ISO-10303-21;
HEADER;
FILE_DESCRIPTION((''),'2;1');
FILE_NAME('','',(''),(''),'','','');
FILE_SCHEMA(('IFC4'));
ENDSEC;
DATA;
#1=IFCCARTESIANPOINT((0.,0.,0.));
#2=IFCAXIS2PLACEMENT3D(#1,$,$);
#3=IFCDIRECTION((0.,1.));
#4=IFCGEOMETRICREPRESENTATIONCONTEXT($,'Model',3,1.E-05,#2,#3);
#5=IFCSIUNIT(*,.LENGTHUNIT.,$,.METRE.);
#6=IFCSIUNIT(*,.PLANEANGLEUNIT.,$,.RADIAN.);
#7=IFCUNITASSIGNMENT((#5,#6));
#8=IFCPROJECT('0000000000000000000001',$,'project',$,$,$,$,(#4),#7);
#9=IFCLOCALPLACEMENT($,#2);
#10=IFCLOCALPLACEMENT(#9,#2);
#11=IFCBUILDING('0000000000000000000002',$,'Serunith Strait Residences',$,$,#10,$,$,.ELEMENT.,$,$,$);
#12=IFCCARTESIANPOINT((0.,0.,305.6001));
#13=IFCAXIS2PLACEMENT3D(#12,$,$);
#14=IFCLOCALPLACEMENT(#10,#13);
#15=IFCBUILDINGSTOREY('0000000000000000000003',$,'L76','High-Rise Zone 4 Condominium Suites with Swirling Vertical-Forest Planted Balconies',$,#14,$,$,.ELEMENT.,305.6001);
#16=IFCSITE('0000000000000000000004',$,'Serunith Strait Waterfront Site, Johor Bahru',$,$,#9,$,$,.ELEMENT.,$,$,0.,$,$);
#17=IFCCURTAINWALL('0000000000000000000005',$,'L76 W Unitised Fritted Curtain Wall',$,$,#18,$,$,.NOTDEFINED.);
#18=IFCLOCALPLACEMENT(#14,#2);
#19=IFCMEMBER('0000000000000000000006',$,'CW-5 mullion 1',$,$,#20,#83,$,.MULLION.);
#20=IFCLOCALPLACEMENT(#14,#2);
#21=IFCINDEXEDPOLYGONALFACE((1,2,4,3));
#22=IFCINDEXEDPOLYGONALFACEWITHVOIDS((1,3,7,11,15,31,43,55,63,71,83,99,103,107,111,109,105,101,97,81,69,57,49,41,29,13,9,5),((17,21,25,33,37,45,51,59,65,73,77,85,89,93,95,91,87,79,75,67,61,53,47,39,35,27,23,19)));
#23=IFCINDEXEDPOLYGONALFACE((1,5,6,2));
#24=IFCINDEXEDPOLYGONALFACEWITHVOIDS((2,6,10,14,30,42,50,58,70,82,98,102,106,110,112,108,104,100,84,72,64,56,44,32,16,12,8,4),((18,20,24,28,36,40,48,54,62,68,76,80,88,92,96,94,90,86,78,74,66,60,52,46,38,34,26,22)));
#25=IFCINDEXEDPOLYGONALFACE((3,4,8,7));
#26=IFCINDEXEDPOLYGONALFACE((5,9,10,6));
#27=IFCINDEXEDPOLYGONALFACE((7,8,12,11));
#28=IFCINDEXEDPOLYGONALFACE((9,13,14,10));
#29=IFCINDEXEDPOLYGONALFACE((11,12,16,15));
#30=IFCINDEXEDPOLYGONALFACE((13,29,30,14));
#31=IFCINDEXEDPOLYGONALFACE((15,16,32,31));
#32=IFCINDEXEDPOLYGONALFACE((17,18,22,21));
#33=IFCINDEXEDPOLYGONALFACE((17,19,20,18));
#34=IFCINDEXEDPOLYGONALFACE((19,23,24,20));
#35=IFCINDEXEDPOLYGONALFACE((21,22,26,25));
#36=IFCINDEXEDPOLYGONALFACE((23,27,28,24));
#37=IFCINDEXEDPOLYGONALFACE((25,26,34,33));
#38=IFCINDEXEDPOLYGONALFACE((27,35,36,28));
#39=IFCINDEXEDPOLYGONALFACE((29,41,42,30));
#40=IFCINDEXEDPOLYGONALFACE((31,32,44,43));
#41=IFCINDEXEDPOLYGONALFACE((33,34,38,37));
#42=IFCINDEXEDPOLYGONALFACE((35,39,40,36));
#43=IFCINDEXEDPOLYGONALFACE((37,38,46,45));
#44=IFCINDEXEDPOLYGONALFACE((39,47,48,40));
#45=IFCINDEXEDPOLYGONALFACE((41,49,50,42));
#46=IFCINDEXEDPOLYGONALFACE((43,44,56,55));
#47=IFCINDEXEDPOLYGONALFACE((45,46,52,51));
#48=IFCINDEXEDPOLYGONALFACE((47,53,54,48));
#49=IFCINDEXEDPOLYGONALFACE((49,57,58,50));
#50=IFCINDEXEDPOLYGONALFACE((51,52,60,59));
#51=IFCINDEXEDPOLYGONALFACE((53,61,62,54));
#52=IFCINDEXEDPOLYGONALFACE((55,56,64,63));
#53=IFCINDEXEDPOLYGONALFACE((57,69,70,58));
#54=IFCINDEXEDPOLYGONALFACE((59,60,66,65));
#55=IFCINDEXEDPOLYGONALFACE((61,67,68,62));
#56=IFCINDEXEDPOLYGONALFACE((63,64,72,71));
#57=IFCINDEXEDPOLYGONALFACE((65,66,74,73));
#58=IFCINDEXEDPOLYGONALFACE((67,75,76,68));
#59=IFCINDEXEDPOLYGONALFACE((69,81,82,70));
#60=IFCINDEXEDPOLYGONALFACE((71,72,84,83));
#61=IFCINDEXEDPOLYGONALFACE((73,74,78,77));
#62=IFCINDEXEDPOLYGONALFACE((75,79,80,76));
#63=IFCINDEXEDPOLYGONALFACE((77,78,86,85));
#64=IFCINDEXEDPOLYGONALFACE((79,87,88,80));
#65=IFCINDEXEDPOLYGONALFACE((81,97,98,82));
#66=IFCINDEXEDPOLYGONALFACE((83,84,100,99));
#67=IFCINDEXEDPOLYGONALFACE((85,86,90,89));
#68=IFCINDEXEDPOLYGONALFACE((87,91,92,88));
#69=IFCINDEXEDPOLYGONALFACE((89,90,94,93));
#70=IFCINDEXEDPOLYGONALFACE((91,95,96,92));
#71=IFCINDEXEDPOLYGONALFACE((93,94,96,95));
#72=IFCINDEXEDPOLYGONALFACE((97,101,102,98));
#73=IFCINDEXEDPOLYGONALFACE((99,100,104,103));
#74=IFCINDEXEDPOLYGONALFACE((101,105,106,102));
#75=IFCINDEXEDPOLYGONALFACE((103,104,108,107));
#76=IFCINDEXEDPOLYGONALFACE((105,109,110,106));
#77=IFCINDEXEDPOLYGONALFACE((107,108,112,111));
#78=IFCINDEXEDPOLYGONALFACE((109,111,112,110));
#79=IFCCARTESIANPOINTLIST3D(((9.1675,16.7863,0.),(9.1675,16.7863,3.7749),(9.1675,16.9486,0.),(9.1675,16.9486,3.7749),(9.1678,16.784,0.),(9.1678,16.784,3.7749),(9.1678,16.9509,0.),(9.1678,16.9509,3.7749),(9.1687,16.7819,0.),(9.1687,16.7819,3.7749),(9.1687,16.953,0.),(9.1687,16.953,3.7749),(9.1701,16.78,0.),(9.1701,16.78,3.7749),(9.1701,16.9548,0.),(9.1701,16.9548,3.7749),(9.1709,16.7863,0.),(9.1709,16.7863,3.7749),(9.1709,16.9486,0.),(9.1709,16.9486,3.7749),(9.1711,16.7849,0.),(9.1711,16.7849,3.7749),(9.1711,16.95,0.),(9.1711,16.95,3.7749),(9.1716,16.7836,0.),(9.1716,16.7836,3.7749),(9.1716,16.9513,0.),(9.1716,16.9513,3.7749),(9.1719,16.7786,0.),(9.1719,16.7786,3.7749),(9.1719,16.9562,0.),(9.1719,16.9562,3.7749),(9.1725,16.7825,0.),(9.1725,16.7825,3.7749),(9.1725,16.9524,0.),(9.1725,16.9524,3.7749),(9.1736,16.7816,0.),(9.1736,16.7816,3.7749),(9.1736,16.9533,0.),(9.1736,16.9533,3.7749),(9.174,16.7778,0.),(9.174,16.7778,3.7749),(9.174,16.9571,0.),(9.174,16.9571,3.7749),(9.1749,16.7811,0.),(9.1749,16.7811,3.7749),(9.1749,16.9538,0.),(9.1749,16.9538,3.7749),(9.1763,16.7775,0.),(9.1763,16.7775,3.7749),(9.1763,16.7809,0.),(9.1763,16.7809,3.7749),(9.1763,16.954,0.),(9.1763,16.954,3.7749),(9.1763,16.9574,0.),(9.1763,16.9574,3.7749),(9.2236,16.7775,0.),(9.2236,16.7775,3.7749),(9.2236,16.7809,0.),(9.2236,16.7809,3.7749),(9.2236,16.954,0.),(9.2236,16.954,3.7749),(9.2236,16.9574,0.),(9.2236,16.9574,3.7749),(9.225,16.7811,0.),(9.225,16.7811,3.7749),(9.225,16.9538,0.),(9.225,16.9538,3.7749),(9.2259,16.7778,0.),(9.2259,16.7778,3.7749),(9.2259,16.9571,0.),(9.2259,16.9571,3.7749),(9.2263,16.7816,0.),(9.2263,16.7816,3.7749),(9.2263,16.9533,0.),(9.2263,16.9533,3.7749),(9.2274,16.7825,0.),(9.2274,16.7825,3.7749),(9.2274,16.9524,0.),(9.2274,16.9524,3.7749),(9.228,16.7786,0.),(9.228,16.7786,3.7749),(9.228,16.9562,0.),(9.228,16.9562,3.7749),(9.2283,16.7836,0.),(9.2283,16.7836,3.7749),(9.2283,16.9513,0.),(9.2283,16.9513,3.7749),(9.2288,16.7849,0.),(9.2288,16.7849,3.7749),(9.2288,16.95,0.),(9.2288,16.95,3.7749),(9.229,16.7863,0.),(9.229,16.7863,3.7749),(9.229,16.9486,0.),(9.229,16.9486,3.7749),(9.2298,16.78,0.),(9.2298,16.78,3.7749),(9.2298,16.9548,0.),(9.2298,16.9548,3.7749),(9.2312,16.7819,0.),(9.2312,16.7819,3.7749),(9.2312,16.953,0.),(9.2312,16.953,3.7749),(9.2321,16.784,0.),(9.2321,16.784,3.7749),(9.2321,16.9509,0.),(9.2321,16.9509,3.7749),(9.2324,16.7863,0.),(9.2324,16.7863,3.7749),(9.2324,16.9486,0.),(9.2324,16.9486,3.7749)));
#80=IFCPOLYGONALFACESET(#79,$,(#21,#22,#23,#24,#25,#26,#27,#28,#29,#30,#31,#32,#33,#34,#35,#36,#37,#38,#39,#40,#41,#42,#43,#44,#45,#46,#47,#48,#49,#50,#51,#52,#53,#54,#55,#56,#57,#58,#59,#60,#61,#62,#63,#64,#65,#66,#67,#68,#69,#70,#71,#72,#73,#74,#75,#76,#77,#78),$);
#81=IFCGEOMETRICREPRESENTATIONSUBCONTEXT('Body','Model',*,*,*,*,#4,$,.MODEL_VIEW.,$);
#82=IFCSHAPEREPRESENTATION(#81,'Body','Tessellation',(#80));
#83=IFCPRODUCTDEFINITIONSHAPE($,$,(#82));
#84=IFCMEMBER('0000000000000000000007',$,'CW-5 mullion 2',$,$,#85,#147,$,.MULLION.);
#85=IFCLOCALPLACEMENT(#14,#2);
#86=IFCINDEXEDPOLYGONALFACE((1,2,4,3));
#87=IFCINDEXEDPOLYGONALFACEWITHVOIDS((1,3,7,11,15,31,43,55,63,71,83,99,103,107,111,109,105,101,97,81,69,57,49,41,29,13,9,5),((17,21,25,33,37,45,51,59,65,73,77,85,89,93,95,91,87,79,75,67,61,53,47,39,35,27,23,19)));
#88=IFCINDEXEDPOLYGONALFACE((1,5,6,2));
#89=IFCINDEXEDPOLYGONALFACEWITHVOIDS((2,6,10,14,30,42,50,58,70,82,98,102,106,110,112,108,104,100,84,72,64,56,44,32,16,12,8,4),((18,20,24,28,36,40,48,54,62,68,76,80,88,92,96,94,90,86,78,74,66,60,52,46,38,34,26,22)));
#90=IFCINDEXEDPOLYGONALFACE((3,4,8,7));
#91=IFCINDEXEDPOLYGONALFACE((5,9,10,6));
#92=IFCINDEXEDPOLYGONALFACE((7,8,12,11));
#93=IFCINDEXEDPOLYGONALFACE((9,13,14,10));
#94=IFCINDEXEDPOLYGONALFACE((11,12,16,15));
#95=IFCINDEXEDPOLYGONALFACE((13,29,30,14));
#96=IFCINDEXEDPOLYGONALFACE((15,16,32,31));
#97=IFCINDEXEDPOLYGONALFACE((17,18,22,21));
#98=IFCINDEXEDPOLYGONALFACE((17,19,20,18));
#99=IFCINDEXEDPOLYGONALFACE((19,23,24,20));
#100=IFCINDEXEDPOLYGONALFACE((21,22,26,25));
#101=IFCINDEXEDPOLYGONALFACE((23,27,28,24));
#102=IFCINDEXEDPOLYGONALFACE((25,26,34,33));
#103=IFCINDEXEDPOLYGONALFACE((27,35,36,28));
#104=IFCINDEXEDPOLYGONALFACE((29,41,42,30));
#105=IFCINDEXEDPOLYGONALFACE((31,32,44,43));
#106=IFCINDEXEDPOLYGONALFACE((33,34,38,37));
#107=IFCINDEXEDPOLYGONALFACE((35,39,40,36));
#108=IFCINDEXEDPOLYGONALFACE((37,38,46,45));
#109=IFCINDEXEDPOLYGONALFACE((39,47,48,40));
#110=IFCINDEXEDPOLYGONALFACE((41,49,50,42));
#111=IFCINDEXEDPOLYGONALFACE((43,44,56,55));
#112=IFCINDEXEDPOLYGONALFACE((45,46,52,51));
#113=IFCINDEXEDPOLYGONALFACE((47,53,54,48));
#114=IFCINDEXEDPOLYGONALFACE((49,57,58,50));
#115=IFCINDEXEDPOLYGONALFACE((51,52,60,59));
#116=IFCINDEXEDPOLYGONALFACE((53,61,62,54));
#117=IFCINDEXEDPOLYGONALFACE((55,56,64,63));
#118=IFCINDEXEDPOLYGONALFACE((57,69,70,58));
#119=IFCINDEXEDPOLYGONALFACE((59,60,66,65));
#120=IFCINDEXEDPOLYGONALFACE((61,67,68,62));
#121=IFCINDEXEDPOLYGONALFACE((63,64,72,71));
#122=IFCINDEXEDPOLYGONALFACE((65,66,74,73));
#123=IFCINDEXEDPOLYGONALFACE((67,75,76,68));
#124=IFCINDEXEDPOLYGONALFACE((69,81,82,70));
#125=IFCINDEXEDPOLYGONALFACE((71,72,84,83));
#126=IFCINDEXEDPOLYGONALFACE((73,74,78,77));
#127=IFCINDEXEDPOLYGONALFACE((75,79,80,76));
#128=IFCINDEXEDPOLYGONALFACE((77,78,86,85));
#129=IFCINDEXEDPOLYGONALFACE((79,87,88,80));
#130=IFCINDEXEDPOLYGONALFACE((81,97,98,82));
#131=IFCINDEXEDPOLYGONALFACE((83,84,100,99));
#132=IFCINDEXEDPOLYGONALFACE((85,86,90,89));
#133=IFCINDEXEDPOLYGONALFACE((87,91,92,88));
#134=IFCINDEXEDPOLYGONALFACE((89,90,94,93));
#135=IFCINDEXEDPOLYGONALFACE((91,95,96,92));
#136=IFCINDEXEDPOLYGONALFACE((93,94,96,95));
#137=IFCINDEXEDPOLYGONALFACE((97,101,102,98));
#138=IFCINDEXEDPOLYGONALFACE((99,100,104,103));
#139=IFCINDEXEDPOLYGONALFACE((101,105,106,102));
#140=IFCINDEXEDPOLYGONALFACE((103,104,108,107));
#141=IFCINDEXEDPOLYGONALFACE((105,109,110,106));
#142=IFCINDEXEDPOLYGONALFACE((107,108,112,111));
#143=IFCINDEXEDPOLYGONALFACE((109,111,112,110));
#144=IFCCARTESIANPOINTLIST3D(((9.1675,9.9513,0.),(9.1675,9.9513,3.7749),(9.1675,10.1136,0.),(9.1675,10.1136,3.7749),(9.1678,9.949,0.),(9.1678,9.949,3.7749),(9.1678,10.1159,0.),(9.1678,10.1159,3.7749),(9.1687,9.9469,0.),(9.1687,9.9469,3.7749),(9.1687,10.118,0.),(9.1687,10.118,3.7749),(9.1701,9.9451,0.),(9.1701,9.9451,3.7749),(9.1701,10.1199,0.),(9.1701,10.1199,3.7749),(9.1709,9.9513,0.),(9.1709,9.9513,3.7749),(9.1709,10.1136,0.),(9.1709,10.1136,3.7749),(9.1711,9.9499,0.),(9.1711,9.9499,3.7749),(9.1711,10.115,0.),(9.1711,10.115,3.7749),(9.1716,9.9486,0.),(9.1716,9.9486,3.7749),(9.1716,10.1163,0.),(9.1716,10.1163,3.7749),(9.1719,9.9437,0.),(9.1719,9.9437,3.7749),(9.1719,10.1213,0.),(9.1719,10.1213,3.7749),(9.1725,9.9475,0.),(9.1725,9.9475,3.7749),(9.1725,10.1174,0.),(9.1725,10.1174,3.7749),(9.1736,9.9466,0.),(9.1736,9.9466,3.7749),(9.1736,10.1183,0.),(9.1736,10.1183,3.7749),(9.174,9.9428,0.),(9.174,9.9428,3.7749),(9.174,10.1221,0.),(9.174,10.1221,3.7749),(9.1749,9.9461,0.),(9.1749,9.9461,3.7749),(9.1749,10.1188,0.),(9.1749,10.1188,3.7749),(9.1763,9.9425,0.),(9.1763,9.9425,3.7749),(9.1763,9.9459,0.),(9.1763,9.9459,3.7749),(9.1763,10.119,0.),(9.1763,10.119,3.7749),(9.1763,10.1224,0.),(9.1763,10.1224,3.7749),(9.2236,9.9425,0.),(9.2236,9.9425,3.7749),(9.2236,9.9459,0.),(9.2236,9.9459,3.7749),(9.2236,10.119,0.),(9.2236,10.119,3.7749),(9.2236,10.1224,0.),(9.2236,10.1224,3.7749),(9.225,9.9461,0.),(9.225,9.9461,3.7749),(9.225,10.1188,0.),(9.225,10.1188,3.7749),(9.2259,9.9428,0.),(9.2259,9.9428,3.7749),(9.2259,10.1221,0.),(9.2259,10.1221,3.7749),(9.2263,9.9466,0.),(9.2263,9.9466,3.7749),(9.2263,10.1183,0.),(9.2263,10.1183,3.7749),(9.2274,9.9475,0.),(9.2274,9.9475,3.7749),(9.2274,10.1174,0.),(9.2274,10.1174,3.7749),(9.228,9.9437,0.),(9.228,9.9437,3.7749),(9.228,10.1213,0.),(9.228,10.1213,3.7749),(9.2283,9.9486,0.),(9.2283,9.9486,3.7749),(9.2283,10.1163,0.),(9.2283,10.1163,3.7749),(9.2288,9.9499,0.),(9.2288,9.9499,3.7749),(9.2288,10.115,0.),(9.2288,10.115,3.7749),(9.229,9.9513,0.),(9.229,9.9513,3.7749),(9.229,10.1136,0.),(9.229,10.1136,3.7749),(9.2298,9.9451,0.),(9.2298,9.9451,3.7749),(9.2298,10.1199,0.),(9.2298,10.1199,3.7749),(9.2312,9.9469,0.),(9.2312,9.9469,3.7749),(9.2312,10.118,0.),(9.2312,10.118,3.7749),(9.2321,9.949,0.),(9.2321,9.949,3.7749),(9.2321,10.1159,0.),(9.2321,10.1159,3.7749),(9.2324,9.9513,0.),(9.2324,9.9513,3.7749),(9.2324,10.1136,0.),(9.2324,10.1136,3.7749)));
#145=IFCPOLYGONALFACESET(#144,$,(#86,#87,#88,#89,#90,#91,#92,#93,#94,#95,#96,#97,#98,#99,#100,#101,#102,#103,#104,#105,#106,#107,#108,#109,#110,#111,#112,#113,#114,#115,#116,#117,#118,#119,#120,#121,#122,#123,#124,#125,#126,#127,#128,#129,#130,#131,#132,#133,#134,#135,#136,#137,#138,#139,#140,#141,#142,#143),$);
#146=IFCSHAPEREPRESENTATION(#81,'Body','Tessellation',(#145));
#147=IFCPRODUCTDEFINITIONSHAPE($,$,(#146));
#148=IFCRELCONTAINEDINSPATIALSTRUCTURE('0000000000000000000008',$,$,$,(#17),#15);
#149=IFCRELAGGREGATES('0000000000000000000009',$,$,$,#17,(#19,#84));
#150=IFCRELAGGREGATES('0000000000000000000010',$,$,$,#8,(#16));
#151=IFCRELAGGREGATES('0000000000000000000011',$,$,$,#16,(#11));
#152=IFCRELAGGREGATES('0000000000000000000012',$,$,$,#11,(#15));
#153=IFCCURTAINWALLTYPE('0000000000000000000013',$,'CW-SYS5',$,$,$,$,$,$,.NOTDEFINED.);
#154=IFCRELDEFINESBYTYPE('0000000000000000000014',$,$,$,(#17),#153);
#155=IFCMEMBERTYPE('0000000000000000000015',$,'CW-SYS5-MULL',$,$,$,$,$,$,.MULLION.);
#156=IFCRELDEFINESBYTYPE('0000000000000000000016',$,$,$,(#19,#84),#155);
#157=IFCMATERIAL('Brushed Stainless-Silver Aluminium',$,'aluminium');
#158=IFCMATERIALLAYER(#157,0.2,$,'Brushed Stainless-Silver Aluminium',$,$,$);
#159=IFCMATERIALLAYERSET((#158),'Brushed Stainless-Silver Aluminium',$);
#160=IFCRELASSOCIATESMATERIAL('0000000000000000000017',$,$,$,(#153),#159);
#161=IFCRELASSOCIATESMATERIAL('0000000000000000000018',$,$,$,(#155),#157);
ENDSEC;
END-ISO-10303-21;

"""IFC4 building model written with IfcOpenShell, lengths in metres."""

from ifc_helpers import new_model, si_unit, direction, frame, origin, origin_2d, place, context, subcontext, project, spatial, hollow_rectangle, extrude, source, transform, mapped, material, layer, layer_set, material_profile, profile_set, type_object, element, aggregate, save


model = new_model("IFC4")

# Units and contexts
model_context = context("Model", 3, precision=1e-05, world=origin(), true_north=direction((0.0, 1.0)))
body_context = subcontext(model_context, "Body", "Model", "MODEL_VIEW")
ifc_project = project(units=[si_unit("LENGTHUNIT", "METRE"), si_unit("PLANEANGLEUNIT", "RADIAN")], contexts=[model_context])

# Site, building, storey
site_placement = place(None, origin())
site = spatial("IfcSite", under=ifc_project, at=site_placement, Name="Serunith Strait Waterfront Site, Johor Bahru", CompositionType="ELEMENT", RefElevation=0.0)
building_placement = place(site_placement, origin())
building = spatial("IfcBuilding", under=site, at=building_placement, Name="Serunith Strait Residences", CompositionType="ELEMENT")
storey_placement = place(building_placement, frame((0.0, 0.0, 305.6001)))
storey = spatial("IfcBuildingStorey", under=building, at=storey_placement, Name="L76", Description="High-Rise Zone 4 Condominium Suites with Swirling Vertical-Forest Planted Balconies", CompositionType="ELEMENT", Elevation=305.6001)

# Shared definitions
ifc_material_1 = material(Name="Brushed Stainless-Silver Aluminium", Category="aluminium")
ifc_layer_1 = layer(ifc_material_1, 0.2, Name="Brushed Stainless-Silver Aluminium")
ifc_layer_set_1 = layer_set([ifc_layer_1], Name="Brushed Stainless-Silver Aluminium")
curtain_wall_type = type_object("IfcCurtainWallType", Name="CW-SYS5", PredefinedType="NOTDEFINED", material=ifc_layer_set_1)
ifc_material_profile_1 = material_profile(ifc_material_1, hollow_rectangle(XDim=0.0649, YDim=0.1799, WallThickness=0.0034, InnerFilletRadius=0.0054, OuterFilletRadius=0.0088, at=origin_2d()), Name="ALU 180x65x3.5")
ifc_profile_set_1 = profile_set([ifc_material_profile_1], Name="Brushed Stainless-Silver Aluminium")
member_type_1 = type_object("IfcMemberType", Name="CW-SYS5-MULL", PredefinedType="MULLION", material=ifc_profile_set_1)
shared_shape_1 = source(origin(), body_context, "Body", "SweptSolid", [
    extrude(hollow_rectangle(XDim=0.0649, YDim=0.1799, WallThickness=0.0034, InnerFilletRadius=0.0054, OuterFilletRadius=0.0088, at=origin_2d()), origin(), (0.0, 0.0, 1.0), 3.7749),
])

# Curtain wall, members
curtain_wall_1_placement = place(storey_placement, origin())
curtain_wall_1 = element("IfcCurtainWall", 1, at=curtain_wall_1_placement, inside=storey, type_object=curtain_wall_type, Name="L76 W Unitised Fritted Curtain Wall", PredefinedType="NOTDEFINED")
member_1_placement = place(storey_placement, frame((9.2, 16.8674, 0.0), z_axis=(0.0, 0.0, 1.0), x_axis=(1.0, 0.0, 0.0)))
member_1 = element("IfcMember", 2, at=member_1_placement, type_object=member_type_1, Name="CW-5 mullion 1", PredefinedType="MULLION", context=body_context, shape_type="MappedRepresentation", body=[
    mapped(shared_shape_1, transform((0.0, 0.0, 0.0), scale=1.0)),
])
member_2_placement = place(storey_placement, frame((9.2, 10.0325, 0.0), z_axis=(0.0, 0.0, 1.0), x_axis=(1.0, 0.0, 0.0)))
member_2 = element("IfcMember", 3, at=member_2_placement, type_object=member_type_1, Name="CW-5 mullion 2", PredefinedType="MULLION", context=body_context, shape_type="MappedRepresentation", body=[
    mapped(shared_shape_1, transform((0.0, 0.0, 0.0), scale=1.0)),
])

aggregate(curtain_wall_1, [member_1, member_2])

save(model, "model.ifc")
